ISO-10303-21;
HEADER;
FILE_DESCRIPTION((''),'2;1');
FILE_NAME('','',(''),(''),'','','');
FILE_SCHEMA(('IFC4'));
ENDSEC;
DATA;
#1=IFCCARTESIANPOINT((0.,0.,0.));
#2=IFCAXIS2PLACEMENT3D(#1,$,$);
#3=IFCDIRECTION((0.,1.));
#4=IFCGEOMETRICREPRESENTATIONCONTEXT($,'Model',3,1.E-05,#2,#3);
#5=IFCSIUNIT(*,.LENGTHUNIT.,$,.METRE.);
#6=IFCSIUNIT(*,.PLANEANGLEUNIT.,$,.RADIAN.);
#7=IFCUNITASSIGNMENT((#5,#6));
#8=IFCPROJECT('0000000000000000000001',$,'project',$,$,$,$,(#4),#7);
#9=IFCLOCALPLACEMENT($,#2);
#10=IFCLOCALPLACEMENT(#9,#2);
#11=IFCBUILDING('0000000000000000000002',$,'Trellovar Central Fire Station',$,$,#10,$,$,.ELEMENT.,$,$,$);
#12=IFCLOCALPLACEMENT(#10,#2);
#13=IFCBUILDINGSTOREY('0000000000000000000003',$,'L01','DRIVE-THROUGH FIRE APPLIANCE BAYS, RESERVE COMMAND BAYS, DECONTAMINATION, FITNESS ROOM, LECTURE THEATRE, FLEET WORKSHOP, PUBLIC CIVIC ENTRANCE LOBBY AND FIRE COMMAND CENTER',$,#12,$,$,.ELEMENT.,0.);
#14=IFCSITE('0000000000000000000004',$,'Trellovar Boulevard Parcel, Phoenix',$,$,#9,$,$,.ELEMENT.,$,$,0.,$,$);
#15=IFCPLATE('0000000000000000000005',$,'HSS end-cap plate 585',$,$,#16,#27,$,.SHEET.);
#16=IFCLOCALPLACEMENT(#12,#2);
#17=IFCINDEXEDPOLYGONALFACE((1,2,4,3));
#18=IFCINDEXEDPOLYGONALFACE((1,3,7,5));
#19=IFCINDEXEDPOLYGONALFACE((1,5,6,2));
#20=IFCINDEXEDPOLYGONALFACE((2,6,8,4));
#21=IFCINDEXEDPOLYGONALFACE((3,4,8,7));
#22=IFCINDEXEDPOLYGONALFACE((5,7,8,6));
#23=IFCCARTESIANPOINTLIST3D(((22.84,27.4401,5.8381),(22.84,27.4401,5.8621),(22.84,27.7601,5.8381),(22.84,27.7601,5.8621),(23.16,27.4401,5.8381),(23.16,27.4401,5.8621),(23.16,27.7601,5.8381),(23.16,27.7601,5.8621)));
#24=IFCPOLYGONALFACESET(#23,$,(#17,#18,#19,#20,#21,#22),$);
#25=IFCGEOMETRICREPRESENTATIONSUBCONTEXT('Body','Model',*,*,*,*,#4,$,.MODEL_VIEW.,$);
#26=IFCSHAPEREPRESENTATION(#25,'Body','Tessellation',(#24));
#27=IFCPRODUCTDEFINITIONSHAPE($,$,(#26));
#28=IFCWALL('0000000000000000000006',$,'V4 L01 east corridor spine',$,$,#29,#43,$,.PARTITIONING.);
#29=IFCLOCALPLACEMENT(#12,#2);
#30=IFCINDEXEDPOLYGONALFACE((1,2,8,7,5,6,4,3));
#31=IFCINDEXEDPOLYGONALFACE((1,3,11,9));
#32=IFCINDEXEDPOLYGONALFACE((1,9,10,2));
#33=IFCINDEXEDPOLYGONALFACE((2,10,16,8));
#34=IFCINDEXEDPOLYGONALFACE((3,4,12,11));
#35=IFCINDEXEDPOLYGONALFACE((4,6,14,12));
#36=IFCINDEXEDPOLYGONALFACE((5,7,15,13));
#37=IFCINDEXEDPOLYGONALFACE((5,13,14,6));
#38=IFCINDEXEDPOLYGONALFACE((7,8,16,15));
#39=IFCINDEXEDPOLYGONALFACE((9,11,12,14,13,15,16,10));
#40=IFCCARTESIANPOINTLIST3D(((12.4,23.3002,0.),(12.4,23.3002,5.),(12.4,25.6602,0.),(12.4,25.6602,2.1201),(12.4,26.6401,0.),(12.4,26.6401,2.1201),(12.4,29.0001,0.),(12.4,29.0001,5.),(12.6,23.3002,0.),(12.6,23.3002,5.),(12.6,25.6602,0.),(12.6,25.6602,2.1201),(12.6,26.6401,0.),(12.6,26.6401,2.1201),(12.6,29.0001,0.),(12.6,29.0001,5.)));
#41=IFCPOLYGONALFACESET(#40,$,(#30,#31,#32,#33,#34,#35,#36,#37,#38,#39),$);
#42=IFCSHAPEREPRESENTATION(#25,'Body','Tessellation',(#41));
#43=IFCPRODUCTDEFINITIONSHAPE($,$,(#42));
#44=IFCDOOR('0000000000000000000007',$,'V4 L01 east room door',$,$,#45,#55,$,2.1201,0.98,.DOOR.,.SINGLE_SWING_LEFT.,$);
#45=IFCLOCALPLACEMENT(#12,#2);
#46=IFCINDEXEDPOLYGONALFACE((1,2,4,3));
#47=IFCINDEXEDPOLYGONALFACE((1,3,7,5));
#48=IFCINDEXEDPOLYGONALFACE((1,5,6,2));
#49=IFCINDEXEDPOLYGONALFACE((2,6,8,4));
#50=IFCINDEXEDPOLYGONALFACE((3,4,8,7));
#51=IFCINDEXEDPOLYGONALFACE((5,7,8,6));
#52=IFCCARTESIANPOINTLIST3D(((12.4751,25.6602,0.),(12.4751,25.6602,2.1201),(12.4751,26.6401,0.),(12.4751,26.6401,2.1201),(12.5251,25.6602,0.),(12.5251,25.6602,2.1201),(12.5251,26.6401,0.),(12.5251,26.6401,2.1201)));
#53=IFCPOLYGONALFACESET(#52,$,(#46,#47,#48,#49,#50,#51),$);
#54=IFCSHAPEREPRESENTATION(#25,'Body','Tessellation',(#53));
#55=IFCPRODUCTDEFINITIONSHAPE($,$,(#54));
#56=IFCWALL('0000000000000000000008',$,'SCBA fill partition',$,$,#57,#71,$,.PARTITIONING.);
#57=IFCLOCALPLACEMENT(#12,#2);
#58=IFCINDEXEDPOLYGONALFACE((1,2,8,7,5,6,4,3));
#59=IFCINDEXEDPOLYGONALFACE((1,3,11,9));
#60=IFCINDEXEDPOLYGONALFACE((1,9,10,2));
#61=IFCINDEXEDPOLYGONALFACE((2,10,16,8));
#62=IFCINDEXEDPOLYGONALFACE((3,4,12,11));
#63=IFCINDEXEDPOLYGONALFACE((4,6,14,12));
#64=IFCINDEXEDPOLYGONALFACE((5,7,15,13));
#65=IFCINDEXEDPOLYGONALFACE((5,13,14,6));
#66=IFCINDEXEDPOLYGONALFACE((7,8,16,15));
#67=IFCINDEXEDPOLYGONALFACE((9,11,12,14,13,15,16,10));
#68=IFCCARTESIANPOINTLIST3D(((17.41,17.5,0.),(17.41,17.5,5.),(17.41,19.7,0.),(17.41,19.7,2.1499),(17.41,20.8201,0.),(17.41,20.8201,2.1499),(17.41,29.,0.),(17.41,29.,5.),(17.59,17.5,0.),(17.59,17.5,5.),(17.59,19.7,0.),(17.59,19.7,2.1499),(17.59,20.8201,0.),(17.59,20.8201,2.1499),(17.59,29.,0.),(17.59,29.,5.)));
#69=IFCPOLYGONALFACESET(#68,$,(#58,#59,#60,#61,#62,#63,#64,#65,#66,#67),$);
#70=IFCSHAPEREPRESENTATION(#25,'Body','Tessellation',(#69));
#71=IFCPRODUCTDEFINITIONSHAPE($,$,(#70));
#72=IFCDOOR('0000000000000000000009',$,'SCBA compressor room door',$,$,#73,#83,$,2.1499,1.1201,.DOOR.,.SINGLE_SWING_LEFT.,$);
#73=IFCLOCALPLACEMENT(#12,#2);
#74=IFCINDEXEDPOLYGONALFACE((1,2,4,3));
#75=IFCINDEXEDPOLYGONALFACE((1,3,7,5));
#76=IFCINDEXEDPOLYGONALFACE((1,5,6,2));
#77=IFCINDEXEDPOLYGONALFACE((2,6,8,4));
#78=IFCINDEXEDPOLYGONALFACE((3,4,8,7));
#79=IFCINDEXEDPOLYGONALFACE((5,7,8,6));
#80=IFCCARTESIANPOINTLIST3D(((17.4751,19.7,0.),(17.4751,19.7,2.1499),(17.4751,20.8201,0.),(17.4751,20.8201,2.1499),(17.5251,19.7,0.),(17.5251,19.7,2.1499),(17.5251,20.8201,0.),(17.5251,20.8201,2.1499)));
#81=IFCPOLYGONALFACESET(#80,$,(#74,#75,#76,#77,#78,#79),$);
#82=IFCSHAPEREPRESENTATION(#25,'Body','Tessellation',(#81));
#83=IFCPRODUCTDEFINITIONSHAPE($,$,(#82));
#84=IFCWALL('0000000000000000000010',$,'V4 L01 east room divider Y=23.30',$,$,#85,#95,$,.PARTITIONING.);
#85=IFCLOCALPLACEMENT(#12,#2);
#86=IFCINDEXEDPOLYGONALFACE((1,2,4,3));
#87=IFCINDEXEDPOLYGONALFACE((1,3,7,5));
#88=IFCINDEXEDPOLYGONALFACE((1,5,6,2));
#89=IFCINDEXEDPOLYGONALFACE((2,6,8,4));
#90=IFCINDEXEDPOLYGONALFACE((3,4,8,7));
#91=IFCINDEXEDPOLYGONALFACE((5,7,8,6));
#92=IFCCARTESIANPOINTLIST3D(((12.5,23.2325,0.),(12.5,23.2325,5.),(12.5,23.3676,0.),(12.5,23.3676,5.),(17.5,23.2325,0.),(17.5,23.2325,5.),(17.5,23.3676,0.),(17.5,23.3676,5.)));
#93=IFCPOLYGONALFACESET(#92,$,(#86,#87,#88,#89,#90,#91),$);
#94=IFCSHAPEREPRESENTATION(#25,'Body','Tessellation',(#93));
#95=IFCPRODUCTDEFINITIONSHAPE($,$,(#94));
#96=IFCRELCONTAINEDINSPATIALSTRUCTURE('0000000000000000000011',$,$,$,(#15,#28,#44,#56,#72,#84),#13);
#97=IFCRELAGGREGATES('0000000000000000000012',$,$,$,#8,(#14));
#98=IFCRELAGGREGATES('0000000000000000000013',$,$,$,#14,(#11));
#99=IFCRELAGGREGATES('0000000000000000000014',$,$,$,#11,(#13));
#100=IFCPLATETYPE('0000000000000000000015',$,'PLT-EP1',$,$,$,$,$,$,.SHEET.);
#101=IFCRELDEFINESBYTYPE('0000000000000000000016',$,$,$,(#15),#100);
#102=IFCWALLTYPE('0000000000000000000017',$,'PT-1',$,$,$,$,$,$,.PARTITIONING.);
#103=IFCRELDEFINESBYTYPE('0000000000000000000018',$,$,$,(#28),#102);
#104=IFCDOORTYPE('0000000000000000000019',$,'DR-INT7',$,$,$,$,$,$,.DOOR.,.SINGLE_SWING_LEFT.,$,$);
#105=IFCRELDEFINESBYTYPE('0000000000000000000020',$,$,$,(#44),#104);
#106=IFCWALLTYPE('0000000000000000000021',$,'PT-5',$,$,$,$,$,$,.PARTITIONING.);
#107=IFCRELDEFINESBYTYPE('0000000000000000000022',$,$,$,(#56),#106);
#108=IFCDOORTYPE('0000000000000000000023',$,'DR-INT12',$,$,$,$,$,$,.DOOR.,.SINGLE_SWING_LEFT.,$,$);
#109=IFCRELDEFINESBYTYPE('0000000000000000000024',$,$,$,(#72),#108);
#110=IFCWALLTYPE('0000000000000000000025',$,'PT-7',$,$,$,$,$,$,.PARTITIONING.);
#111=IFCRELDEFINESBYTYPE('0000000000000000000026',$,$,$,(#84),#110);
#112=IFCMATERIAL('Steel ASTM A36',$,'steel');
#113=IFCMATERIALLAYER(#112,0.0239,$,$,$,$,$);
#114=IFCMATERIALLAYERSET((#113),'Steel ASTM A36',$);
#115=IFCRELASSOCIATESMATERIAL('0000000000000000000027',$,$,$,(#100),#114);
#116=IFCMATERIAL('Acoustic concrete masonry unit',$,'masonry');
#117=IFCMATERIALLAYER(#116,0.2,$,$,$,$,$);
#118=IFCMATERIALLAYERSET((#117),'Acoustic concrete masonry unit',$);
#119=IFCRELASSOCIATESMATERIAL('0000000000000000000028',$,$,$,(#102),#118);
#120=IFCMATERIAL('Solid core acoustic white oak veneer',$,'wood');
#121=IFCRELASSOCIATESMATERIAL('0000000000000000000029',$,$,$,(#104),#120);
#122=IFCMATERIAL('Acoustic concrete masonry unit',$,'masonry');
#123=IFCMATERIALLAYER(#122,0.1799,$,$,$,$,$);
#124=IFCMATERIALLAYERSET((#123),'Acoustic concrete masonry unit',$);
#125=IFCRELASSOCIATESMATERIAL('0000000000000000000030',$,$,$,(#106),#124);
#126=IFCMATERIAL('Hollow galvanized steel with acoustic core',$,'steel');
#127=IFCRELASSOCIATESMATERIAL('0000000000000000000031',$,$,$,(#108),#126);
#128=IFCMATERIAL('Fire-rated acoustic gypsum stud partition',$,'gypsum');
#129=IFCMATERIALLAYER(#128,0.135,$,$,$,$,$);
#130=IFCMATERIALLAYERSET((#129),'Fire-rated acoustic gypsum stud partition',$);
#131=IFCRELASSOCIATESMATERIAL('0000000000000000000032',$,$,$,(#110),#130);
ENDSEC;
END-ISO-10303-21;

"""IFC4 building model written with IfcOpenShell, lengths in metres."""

from ifc_helpers import new_model, si_unit, direction, frame, frame_2d, origin, origin_2d, place, context, subcontext, project, spatial, rectangle, extrude, material, layer, layer_set, type_object, element, fill, save


model = new_model("IFC4")

# Units and contexts
model_context = context("Model", 3, precision=1e-05, world=origin(), true_north=direction((0.0, 1.0)))
body_context = subcontext(model_context, "Body", "Model", "MODEL_VIEW")
ifc_project = project(units=[si_unit("LENGTHUNIT", "METRE"), si_unit("PLANEANGLEUNIT", "RADIAN")], contexts=[model_context])

# Site, building, storey
site_placement = place(None, origin())
site = spatial("IfcSite", under=ifc_project, at=site_placement, Name="Trellovar Boulevard Parcel, Phoenix", CompositionType="ELEMENT", RefElevation=0.0)
building_placement = place(site_placement, origin())
building = spatial("IfcBuilding", under=site, at=building_placement, Name="Trellovar Central Fire Station", CompositionType="ELEMENT")
storey_placement = place(building_placement, origin())
storey = spatial("IfcBuildingStorey", under=building, at=storey_placement, Name="L01", Description="DRIVE-THROUGH FIRE APPLIANCE BAYS, RESERVE COMMAND BAYS, DECONTAMINATION, FITNESS ROOM, LECTURE THEATRE, FLEET WORKSHOP, PUBLIC CIVIC ENTRANCE LOBBY AND FIRE COMMAND CENTER", CompositionType="ELEMENT", Elevation=0.0)

# Plate
ifc_material_1 = material(Name="Steel ASTM A36", Category="steel")
ifc_layer_1 = layer(ifc_material_1, 0.0239)
ifc_layer_set_1 = layer_set([ifc_layer_1], Name="Steel ASTM A36")
plate_type = type_object("IfcPlateType", Name="PLT-EP1", PredefinedType="SHEET", material=ifc_layer_set_1)
for number, where, z_axis, x_axis, name in (
    (1, (23.0, 27.6001, 5.8381), (0.0, 0.0, 1.0), (1.0, 0.0, 0.0), "HSS end-cap plate 585"),
):
    element("IfcPlate", number, at=place(storey_placement, frame(where, z_axis=z_axis, x_axis=x_axis)), inside=storey, type_object=plate_type, Name=name, PredefinedType="SHEET", context=body_context, shape_type="SweptSolid", body=[
        extrude(rectangle(XDim=0.3201, YDim=0.3201, at=origin_2d()), origin(), (0.0, 0.0, 1.0), 0.0239),
    ])

# Walls, openings, doors
ifc_material_2 = material(Name="Acoustic concrete masonry unit", Category="masonry")
ifc_layer_2 = layer(ifc_material_2, 0.2)
ifc_layer_set_2 = layer_set([ifc_layer_2], Name="Acoustic concrete masonry unit")
wall_type_1 = type_object("IfcWallType", Name="PT-1", PredefinedType="PARTITIONING", material=ifc_layer_set_2)
wall_1_placement = place(storey_placement, frame((12.5, 23.3, 0.0), z_axis=(0.0, 0.0, 1.0), x_axis=(0.0, 1.0, 0.0)))
wall_1 = element("IfcWall", 2, at=wall_1_placement, inside=storey, type_object=wall_type_1, Name="V4 L01 east corridor spine", PredefinedType="PARTITIONING", context=body_context, shape_type="SweptSolid", body=[
    extrude(rectangle(XDim=5.7, YDim=0.2, at=frame_2d((2.8501, 0.0))), origin(), (0.0, 0.0, 1.0), 5.0),
])
opening_1_placement = place(wall_1_placement, frame((2.3601, 0.0, 0.0)))
opening_1 = element("IfcOpeningElement", 3, at=opening_1_placement, cuts=wall_1, PredefinedType="OPENING", context=body_context, shape_type="SweptSolid", body=[
    extrude(rectangle(XDim=0.98, YDim=2.1201, at=frame_2d((0.49, 1.0601))), frame((0.0, 0.1099, 0.0), z_axis=(0.0, -1.0, 0.0), x_axis=(1.0, 0.0, 0.0)), (0.0, 0.0, 1.0), 0.22),
])
ifc_material_3 = material(Name="Solid core acoustic white oak veneer", Category="wood")
door_type_1 = type_object("IfcDoorType", Name="DR-INT7", OperationType="SINGLE_SWING_LEFT", PredefinedType="DOOR", material=ifc_material_3)
door_1_placement = place(opening_1_placement, origin())
door_1 = element("IfcDoor", 4, at=door_1_placement, inside=storey, type_object=door_type_1, Name="V4 L01 east room door", OperationType="SINGLE_SWING_LEFT", OverallHeight=2.1201, OverallWidth=0.98, PredefinedType="DOOR", context=body_context, shape_type="SweptSolid", body=[
    extrude(rectangle(XDim=0.98, YDim=2.1201, at=frame_2d((0.49, 1.0601))), frame((0.0, 0.0249, 0.0), z_axis=(0.0, -1.0, 0.0), x_axis=(1.0, 0.0, 0.0)), (0.0, 0.0, 1.0), 0.05),
])
fill(opening_1, door_1)
ifc_material_4 = material(Name="Acoustic concrete masonry unit", Category="masonry")
ifc_layer_3 = layer(ifc_material_4, 0.1799)
ifc_layer_set_3 = layer_set([ifc_layer_3], Name="Acoustic concrete masonry unit")
wall_type_2 = type_object("IfcWallType", Name="PT-5", PredefinedType="PARTITIONING", material=ifc_layer_set_3)
wall_2_placement = place(storey_placement, frame((17.5, 17.5, 0.0), z_axis=(0.0, 0.0, 1.0), x_axis=(0.0, 1.0, 0.0)))
wall_2 = element("IfcWall", 5, at=wall_2_placement, inside=storey, type_object=wall_type_2, Name="SCBA fill partition", PredefinedType="PARTITIONING", context=body_context, shape_type="SweptSolid", body=[
    extrude(rectangle(XDim=11.5, YDim=0.1799, at=frame_2d((5.75, 0.0))), origin(), (0.0, 0.0, 1.0), 5.0),
])
opening_2_placement = place(wall_2_placement, frame((2.2, 0.0, 0.0)))
opening_2 = element("IfcOpeningElement", 6, at=opening_2_placement, cuts=wall_2, PredefinedType="OPENING", context=body_context, shape_type="SweptSolid", body=[
    extrude(rectangle(XDim=1.1201, YDim=2.1499, at=frame_2d((0.5601, 1.075))), frame((0.0, 0.0999, 0.0), z_axis=(0.0, -1.0, 0.0), x_axis=(1.0, 0.0, 0.0)), (0.0, 0.0, 1.0), 0.2),
])
ifc_material_5 = material(Name="Hollow galvanized steel with acoustic core", Category="steel")
door_type_2 = type_object("IfcDoorType", Name="DR-INT12", OperationType="SINGLE_SWING_LEFT", PredefinedType="DOOR", material=ifc_material_5)
door_2_placement = place(opening_2_placement, origin())
door_2 = element("IfcDoor", 7, at=door_2_placement, inside=storey, type_object=door_type_2, Name="SCBA compressor room door", OperationType="SINGLE_SWING_LEFT", OverallHeight=2.1499, OverallWidth=1.1201, PredefinedType="DOOR", context=body_context, shape_type="SweptSolid", body=[
    extrude(rectangle(XDim=1.1201, YDim=2.1499, at=frame_2d((0.5601, 1.075))), frame((0.0, 0.0249, 0.0), z_axis=(0.0, -1.0, 0.0), x_axis=(1.0, 0.0, 0.0)), (0.0, 0.0, 1.0), 0.05),
])
fill(opening_2, door_2)

# Wall
ifc_material_6 = material(Name="Fire-rated acoustic gypsum stud partition", Category="gypsum")
ifc_layer_4 = layer(ifc_material_6, 0.135)
ifc_layer_set_4 = layer_set([ifc_layer_4], Name="Fire-rated acoustic gypsum stud partition")
wall_type_3 = type_object("IfcWallType", Name="PT-7", PredefinedType="PARTITIONING", material=ifc_layer_set_4)
wall_3_placement = place(storey_placement, frame((12.5, 23.3, 0.0), z_axis=(0.0, 0.0, 1.0), x_axis=(1.0, 0.0, 0.0)))
element("IfcWall", 8, at=wall_3_placement, inside=storey, type_object=wall_type_3, Name="V4 L01 east room divider Y=23.30", PredefinedType="PARTITIONING", context=body_context, shape_type="SweptSolid", body=[
    extrude(rectangle(XDim=5.0, YDim=0.135, at=frame_2d((2.5, 0.0))), origin(), (0.0, 0.0, 1.0), 5.0),
])

save(model, "model.ifc")
